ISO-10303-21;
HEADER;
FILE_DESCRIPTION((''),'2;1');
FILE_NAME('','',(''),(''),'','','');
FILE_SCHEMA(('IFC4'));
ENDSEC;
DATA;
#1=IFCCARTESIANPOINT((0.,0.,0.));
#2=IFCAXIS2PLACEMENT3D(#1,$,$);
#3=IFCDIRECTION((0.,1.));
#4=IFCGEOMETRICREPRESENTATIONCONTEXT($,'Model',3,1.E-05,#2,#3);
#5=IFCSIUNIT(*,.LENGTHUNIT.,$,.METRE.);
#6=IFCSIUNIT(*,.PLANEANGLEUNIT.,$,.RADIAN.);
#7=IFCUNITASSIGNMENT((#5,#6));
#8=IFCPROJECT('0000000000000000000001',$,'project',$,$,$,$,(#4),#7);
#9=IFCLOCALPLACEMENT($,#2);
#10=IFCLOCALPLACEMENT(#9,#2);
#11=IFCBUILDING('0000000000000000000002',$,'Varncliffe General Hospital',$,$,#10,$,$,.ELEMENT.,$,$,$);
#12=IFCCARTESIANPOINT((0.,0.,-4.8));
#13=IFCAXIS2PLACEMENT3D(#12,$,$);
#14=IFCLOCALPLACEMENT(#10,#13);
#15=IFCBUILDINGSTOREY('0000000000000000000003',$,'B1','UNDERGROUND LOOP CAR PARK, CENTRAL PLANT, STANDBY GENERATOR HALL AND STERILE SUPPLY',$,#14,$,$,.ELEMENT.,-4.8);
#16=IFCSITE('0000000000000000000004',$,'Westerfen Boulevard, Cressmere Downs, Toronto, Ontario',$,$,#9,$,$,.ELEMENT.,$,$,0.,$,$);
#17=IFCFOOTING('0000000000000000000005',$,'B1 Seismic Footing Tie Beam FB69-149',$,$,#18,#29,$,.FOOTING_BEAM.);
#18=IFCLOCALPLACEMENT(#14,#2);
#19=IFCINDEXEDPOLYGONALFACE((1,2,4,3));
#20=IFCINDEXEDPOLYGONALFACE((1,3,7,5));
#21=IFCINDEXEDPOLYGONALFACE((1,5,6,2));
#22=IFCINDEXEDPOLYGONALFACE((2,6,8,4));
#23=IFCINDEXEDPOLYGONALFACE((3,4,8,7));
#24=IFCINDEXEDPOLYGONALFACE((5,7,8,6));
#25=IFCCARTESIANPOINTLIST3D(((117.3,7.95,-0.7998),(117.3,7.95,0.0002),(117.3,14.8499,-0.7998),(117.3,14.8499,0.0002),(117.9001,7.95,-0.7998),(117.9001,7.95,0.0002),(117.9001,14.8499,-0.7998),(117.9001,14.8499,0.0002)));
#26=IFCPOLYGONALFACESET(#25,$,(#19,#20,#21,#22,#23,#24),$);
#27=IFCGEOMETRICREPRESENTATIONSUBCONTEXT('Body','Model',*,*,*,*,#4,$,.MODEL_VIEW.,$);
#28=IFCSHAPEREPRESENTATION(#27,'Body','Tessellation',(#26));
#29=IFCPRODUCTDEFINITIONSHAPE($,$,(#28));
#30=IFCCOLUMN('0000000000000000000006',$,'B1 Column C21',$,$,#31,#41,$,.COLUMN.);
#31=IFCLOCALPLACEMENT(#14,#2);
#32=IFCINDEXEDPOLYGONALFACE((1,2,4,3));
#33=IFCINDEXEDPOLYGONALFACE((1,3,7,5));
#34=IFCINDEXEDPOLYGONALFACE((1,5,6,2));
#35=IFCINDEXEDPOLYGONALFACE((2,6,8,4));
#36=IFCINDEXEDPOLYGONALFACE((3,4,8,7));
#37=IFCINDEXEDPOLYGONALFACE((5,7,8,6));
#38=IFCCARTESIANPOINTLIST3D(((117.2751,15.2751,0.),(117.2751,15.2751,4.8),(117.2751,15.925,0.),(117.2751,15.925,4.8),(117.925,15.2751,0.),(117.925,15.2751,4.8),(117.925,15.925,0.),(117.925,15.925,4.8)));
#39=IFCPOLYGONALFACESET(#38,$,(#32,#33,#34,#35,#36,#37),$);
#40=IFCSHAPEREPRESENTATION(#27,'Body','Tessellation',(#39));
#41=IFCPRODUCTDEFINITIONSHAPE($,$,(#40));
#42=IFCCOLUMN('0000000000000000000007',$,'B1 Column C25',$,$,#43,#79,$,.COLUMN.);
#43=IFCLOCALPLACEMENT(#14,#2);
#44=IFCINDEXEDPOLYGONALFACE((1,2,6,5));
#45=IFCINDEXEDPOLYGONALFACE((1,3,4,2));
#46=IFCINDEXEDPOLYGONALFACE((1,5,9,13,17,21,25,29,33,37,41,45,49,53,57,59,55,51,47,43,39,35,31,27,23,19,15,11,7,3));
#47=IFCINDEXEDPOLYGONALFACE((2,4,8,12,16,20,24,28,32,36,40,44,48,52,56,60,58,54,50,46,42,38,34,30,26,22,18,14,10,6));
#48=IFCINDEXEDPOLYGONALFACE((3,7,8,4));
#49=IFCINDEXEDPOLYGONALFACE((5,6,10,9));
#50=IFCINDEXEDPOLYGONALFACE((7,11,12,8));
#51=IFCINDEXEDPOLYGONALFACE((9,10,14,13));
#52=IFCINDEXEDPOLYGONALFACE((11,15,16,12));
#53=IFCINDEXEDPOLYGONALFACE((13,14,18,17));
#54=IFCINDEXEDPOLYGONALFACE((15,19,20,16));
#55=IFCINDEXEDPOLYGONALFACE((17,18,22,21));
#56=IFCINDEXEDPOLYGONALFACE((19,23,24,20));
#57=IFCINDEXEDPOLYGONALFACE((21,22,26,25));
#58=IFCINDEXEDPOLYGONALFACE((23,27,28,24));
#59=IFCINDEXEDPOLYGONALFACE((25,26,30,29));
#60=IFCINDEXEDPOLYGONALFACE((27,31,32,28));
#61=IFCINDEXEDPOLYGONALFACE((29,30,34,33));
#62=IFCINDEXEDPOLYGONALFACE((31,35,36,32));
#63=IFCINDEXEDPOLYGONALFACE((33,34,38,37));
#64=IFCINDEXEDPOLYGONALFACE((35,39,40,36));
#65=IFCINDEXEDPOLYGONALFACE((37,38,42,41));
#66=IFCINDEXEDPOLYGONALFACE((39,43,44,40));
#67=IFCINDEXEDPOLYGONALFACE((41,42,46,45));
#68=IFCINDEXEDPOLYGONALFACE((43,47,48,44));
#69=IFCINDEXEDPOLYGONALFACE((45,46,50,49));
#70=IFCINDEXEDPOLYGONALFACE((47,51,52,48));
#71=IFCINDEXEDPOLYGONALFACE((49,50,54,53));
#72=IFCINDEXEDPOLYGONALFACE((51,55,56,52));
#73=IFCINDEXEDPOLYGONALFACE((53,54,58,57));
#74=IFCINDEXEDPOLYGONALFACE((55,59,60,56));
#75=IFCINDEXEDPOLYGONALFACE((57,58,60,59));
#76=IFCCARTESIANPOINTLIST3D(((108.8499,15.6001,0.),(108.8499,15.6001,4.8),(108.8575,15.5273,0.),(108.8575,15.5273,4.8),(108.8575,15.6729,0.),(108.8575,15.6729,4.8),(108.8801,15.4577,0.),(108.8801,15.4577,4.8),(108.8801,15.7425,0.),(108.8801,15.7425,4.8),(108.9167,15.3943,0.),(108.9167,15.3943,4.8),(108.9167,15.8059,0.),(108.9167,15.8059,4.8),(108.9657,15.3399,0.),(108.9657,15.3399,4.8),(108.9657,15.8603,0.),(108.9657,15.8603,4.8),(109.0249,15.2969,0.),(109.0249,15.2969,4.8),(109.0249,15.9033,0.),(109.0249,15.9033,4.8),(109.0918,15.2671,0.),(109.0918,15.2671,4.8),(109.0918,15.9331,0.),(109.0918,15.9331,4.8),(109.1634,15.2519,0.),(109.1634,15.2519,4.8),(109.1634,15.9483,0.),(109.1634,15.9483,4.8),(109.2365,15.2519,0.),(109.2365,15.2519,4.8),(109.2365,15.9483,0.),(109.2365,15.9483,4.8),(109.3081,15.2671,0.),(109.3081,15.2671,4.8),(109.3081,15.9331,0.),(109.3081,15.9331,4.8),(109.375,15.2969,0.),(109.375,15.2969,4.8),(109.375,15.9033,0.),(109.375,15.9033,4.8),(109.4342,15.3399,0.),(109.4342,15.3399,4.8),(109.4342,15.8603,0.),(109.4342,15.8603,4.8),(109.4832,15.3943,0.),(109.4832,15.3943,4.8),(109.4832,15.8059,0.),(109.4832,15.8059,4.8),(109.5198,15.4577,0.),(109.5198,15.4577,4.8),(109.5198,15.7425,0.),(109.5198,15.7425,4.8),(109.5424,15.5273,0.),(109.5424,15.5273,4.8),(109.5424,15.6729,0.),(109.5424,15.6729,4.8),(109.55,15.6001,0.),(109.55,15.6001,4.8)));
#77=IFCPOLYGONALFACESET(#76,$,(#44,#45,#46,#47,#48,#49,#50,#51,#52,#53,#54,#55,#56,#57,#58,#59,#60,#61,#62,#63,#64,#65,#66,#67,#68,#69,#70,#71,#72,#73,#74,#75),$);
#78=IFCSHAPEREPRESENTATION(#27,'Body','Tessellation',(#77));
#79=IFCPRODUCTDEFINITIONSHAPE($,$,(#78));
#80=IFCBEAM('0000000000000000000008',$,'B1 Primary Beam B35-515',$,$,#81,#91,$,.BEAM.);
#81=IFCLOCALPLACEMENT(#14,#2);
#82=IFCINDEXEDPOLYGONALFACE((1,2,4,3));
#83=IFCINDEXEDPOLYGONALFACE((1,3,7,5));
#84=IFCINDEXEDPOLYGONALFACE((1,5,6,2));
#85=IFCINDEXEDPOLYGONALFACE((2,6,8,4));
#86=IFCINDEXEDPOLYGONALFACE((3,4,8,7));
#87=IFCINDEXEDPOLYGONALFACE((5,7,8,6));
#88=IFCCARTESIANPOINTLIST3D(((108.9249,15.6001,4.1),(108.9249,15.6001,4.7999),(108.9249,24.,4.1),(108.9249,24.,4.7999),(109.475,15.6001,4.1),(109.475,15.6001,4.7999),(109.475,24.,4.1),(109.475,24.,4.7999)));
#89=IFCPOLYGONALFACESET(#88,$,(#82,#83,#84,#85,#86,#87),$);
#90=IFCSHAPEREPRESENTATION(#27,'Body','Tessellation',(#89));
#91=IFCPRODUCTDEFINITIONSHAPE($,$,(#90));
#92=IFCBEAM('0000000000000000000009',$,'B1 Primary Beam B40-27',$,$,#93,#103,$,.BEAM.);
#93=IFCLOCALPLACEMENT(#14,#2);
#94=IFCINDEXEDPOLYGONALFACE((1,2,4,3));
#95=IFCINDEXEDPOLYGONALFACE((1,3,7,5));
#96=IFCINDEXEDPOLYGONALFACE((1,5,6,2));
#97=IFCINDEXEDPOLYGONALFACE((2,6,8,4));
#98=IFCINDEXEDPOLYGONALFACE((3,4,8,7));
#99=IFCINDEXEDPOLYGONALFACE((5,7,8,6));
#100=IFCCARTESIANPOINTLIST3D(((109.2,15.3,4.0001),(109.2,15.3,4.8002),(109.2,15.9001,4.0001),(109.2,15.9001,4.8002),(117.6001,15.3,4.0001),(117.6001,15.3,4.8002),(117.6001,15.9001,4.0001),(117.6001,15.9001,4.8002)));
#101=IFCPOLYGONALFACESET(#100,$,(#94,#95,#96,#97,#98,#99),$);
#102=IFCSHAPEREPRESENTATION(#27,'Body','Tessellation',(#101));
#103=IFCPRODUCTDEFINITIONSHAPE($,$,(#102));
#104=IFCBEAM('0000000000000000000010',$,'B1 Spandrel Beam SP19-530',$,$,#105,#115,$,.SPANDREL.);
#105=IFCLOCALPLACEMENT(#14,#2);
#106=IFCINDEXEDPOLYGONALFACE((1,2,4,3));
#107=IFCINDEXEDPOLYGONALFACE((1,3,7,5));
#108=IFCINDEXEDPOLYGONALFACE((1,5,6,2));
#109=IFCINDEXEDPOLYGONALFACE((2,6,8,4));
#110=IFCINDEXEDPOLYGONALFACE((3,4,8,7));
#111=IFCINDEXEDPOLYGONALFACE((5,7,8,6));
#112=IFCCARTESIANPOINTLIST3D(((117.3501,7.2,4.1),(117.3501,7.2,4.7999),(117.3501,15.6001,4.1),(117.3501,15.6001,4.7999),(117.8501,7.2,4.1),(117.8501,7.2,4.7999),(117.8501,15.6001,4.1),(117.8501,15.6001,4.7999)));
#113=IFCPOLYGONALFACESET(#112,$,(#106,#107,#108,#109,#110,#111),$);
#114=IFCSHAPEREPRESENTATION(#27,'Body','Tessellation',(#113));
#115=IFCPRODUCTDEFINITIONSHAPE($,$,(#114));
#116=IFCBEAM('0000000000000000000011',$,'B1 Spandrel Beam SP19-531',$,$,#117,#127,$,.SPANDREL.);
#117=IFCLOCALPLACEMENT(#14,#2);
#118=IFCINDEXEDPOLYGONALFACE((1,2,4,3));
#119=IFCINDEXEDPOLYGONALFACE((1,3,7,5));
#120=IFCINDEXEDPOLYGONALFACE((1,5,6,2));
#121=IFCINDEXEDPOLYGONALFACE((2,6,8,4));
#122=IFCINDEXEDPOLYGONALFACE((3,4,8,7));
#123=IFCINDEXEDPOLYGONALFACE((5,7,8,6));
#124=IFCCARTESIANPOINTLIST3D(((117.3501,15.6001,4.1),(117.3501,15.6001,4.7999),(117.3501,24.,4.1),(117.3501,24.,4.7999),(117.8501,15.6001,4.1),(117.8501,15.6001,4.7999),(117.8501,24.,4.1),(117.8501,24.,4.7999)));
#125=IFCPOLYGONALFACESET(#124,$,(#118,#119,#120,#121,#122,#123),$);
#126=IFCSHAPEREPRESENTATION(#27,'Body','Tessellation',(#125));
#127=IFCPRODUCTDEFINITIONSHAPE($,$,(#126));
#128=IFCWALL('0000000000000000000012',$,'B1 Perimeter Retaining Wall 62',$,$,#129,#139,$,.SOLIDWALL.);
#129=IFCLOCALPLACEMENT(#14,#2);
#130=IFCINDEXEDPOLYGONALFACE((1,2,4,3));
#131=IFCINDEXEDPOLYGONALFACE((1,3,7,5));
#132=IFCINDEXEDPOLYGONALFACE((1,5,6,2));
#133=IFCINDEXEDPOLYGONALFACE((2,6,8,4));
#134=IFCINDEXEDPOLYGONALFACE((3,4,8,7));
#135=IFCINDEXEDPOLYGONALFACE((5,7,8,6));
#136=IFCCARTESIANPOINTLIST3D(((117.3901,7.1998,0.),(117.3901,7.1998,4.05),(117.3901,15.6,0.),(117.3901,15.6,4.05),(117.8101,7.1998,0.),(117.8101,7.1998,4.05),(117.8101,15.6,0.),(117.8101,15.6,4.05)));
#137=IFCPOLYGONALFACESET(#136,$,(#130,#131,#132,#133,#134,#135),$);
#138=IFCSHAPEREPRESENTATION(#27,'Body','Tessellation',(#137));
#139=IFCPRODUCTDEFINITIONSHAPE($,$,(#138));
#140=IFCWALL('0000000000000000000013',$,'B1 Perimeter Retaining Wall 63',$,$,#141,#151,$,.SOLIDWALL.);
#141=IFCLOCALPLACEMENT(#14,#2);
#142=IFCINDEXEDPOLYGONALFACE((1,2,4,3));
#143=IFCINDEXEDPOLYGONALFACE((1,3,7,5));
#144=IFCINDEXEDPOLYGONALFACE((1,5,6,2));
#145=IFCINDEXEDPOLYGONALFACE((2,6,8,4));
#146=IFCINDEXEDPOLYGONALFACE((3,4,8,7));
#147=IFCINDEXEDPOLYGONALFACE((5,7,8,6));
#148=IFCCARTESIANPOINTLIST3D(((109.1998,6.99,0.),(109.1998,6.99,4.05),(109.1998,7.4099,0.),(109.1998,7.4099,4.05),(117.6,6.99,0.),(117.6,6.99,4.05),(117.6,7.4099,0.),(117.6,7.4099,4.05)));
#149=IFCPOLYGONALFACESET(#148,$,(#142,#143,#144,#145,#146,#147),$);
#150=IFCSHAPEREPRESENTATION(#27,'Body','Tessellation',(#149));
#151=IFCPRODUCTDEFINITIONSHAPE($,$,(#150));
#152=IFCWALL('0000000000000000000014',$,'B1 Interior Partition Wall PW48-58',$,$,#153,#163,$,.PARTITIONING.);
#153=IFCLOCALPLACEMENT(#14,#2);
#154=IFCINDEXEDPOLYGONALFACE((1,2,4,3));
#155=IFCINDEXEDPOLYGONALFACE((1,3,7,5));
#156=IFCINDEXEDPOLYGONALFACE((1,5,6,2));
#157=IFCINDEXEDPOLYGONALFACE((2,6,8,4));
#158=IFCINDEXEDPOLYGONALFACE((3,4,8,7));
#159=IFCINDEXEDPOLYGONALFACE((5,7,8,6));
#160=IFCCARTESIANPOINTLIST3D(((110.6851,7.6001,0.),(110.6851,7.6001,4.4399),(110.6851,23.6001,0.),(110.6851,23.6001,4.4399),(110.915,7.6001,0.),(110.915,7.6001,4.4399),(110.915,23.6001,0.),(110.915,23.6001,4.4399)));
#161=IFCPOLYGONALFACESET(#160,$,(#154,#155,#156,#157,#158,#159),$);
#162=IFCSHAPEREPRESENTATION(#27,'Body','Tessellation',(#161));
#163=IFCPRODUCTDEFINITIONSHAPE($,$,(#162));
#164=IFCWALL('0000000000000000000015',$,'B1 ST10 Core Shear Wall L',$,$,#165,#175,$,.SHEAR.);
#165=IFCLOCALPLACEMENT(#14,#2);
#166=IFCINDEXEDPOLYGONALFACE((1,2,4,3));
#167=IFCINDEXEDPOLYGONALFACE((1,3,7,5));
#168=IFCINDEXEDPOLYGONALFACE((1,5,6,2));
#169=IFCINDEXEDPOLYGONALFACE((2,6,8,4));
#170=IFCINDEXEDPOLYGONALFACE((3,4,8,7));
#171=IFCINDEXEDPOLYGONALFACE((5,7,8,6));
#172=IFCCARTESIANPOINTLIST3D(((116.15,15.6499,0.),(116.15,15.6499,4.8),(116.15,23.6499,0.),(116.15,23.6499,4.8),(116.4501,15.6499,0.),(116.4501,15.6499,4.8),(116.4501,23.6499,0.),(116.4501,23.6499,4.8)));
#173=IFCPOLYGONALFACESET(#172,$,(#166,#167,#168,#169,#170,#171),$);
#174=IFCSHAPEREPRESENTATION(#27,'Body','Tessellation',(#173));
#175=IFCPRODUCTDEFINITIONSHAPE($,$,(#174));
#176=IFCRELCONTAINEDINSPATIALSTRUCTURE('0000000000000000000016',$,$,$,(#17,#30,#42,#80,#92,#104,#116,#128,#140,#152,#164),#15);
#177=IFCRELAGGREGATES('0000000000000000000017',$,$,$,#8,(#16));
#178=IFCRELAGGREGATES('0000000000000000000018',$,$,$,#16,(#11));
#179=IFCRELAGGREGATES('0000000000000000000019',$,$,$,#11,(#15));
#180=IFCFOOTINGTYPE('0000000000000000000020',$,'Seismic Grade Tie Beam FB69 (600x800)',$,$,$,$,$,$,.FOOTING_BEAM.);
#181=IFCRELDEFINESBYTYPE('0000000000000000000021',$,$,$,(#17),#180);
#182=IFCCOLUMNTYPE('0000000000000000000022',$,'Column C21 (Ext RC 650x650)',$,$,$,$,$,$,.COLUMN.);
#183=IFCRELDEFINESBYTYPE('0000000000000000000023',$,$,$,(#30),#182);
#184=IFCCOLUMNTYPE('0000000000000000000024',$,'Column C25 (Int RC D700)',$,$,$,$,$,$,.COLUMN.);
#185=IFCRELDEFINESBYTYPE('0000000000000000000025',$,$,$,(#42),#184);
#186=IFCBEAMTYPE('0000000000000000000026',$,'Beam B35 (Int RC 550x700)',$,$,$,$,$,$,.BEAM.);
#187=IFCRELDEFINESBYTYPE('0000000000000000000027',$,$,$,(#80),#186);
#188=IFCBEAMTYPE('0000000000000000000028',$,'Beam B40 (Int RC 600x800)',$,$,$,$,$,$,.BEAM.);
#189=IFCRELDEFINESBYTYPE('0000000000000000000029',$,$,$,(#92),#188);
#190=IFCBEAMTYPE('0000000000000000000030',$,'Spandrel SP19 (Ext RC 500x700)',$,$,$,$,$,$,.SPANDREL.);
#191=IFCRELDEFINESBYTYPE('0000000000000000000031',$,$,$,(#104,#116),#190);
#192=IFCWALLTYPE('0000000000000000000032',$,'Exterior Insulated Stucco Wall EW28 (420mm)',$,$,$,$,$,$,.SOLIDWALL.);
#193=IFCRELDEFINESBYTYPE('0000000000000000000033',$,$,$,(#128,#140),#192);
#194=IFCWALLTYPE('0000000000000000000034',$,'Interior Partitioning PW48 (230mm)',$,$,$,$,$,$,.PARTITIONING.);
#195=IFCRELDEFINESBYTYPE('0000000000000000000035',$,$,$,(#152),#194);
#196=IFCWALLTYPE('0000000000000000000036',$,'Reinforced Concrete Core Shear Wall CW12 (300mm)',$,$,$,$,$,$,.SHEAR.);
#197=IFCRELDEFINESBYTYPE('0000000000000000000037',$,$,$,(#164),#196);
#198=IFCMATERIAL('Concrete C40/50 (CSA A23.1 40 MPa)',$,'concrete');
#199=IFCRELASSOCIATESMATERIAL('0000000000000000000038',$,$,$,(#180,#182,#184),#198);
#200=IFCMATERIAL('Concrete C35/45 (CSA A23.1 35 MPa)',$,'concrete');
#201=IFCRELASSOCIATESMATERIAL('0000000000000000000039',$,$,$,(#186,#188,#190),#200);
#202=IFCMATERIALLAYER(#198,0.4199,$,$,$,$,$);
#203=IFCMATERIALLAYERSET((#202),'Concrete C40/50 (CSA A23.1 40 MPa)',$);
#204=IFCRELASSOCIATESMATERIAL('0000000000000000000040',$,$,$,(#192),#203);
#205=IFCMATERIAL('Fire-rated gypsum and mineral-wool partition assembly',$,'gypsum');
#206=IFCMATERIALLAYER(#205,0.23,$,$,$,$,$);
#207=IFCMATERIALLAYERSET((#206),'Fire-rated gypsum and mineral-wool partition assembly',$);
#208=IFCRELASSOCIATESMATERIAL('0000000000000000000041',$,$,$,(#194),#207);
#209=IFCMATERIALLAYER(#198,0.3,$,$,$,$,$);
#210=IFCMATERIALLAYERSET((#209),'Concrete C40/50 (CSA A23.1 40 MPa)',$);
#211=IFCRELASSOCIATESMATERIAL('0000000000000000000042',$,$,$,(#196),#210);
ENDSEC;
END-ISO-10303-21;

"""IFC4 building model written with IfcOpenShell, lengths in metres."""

from ifc_helpers import new_model, si_unit, direction, frame, frame_2d, origin, origin_2d, place, context, subcontext, project, spatial, rectangle, circle, extrude, material, layer, layer_set, material_profile, profile_set, type_object, element, save


model = new_model("IFC4")

# Units and contexts
model_context = context("Model", 3, precision=1e-05, world=origin(), true_north=direction((0.0, 1.0)))
body_context = subcontext(model_context, "Body", "Model", "MODEL_VIEW")
ifc_project = project(units=[si_unit("LENGTHUNIT", "METRE"), si_unit("PLANEANGLEUNIT", "RADIAN")], contexts=[model_context])

# Site, building, storey
site_placement = place(None, origin())
site = spatial("IfcSite", under=ifc_project, at=site_placement, Name="Westerfen Boulevard, Cressmere Downs, Toronto, Ontario", CompositionType="ELEMENT", RefElevation=0.0)
building_placement = place(site_placement, origin())
building = spatial("IfcBuilding", under=site, at=building_placement, Name="Varncliffe General Hospital", CompositionType="ELEMENT")
storey_placement = place(building_placement, frame((0.0, 0.0, -4.8)))
storey = spatial("IfcBuildingStorey", under=building, at=storey_placement, Name="B1", Description="UNDERGROUND LOOP CAR PARK, CENTRAL PLANT, STANDBY GENERATOR HALL AND STERILE SUPPLY", CompositionType="ELEMENT", Elevation=-4.8)

# Shared definitions
ifc_material_1 = material(Name="Concrete C40/50 (CSA A23.1 40 MPa)", Category="concrete")

# Footing
footing_type_1 = type_object("IfcFootingType", Name="Seismic Grade Tie Beam FB69 (600x800)", PredefinedType="FOOTING_BEAM", material=ifc_material_1)
footing_placement = place(storey_placement, frame((117.6001, 11.3999, -0.7998), z_axis=(0.0, 0.0, 1.0), x_axis=(1.0, 0.0, 0.0)))
element("IfcFooting", 1, at=footing_placement, inside=storey, type_object=footing_type_1, Name="B1 Seismic Footing Tie Beam FB69-149", PredefinedType="FOOTING_BEAM", context=body_context, shape_type="SweptSolid", body=[
    extrude(rectangle(XDim=0.6001, YDim=6.8999, at=origin_2d()), origin(), (0.0, 0.0, 1.0), 0.8),
])

# Columns
ifc_material_profile_1 = material_profile(ifc_material_1, rectangle(XDim=0.6499, YDim=0.6499, at=origin_2d()), Name="RC 650x650")
ifc_profile_set_1 = profile_set([ifc_material_profile_1], Name="Concrete C40/50 (CSA A23.1 40 MPa)")
column_type_1 = type_object("IfcColumnType", Name="Column C21 (Ext RC 650x650)", PredefinedType="COLUMN", material=ifc_profile_set_1)
column_1_placement = place(storey_placement, frame((117.6001, 15.6001, 0.0), z_axis=(0.0, 0.0, 1.0), x_axis=(1.0, 0.0, 0.0)))
element("IfcColumn", 2, at=column_1_placement, inside=storey, type_object=column_type_1, Name="B1 Column C21", PredefinedType="COLUMN", context=body_context, shape_type="SweptSolid", body=[
    extrude(rectangle(XDim=0.6499, YDim=0.6499, at=origin_2d()), origin(), (0.0, 0.0, 1.0), 4.8),
])
ifc_material_profile_2 = material_profile(ifc_material_1, circle(Radius=0.3501, at=origin_2d()), Name="RC D700")
ifc_profile_set_2 = profile_set([ifc_material_profile_2], Name="Concrete C40/50 (CSA A23.1 40 MPa)")
column_type_2 = type_object("IfcColumnType", Name="Column C25 (Int RC D700)", PredefinedType="COLUMN", material=ifc_profile_set_2)
column_2_placement = place(storey_placement, frame((109.2, 15.6001, 0.0), z_axis=(0.0, 0.0, 1.0), x_axis=(1.0, 0.0, 0.0)))
element("IfcColumn", 3, at=column_2_placement, inside=storey, type_object=column_type_2, Name="B1 Column C25", PredefinedType="COLUMN", context=body_context, shape_type="SweptSolid", body=[
    extrude(circle(Radius=0.3501, at=origin_2d()), origin(), (0.0, 0.0, 1.0), 4.8),
])

# Beams
ifc_material_2 = material(Name="Concrete C35/45 (CSA A23.1 35 MPa)", Category="concrete")
ifc_material_profile_3 = material_profile(ifc_material_2, rectangle(XDim=0.55, YDim=0.7, at=origin_2d()), Name="RC 550x700")
ifc_profile_set_3 = profile_set([ifc_material_profile_3], Name="Concrete C35/45 (CSA A23.1 35 MPa)")
beam_type_1 = type_object("IfcBeamType", Name="Beam B35 (Int RC 550x700)", PredefinedType="BEAM", material=ifc_profile_set_3)
beam_1_placement = place(storey_placement, frame((109.2, 15.6001, 4.45), z_axis=(0.0, 1.0, 0.0), x_axis=(-1.0, 0.0, 0.0)))
element("IfcBeam", 4, at=beam_1_placement, inside=storey, type_object=beam_type_1, Name="B1 Primary Beam B35-515", PredefinedType="BEAM", context=body_context, shape_type="SweptSolid", body=[
    extrude(rectangle(XDim=0.55, YDim=0.7, at=origin_2d()), origin(), (0.0, 0.0, 1.0), 8.3999),
])
ifc_material_profile_4 = material_profile(ifc_material_2, rectangle(XDim=0.6001, YDim=0.8, at=origin_2d()), Name="RC 600x800")
ifc_profile_set_4 = profile_set([ifc_material_profile_4], Name="Concrete C35/45 (CSA A23.1 35 MPa)")
beam_type_2 = type_object("IfcBeamType", Name="Beam B40 (Int RC 600x800)", PredefinedType="BEAM", material=ifc_profile_set_4)
beam_2_placement = place(storey_placement, frame((109.2, 15.6001, 4.4001), z_axis=(1.0, 0.0, 0.0), x_axis=(0.0, 1.0, 0.0)))
element("IfcBeam", 5, at=beam_2_placement, inside=storey, type_object=beam_type_2, Name="B1 Primary Beam B40-27", PredefinedType="BEAM", context=body_context, shape_type="SweptSolid", body=[
    extrude(rectangle(XDim=0.6001, YDim=0.8, at=origin_2d()), origin(), (0.0, 0.0, 1.0), 8.4001),
])
ifc_material_profile_5 = material_profile(ifc_material_2, rectangle(XDim=0.5, YDim=0.7, at=origin_2d()), Name="RC 500x700")
ifc_profile_set_5 = profile_set([ifc_material_profile_5], Name="Concrete C35/45 (CSA A23.1 35 MPa)")
beam_type_3 = type_object("IfcBeamType", Name="Spandrel SP19 (Ext RC 500x700)", PredefinedType="SPANDREL", material=ifc_profile_set_5)
beam_3_placement = place(storey_placement, frame((117.6001, 7.2, 4.45), z_axis=(0.0, 1.0, 0.0), x_axis=(-1.0, 0.0, 0.0)))
element("IfcBeam", 6, at=beam_3_placement, inside=storey, type_object=beam_type_3, Name="B1 Spandrel Beam SP19-530", PredefinedType="SPANDREL", context=body_context, shape_type="SweptSolid", body=[
    extrude(rectangle(XDim=0.5, YDim=0.7, at=origin_2d()), origin(), (0.0, 0.0, 1.0), 8.4001),
])
beam_4_placement = place(storey_placement, frame((117.6001, 15.6001, 4.45), z_axis=(0.0, 1.0, 0.0), x_axis=(-1.0, 0.0, 0.0)))
element("IfcBeam", 7, at=beam_4_placement, inside=storey, type_object=beam_type_3, Name="B1 Spandrel Beam SP19-531", PredefinedType="SPANDREL", context=body_context, shape_type="SweptSolid", body=[
    extrude(rectangle(XDim=0.5, YDim=0.7, at=origin_2d()), origin(), (0.0, 0.0, 1.0), 8.3999),
])

# Walls
ifc_layer_1 = layer(ifc_material_1, 0.4199)
ifc_layer_set_1 = layer_set([ifc_layer_1], Name="Concrete C40/50 (CSA A23.1 40 MPa)")
wall_type_1 = type_object("IfcWallType", Name="Exterior Insulated Stucco Wall EW28 (420mm)", PredefinedType="SOLIDWALL", material=ifc_layer_set_1)
for number, where, z_axis, x_axis, name in (
    (8, (117.6001, 15.6001, 0.0), (0.0, 0.0, 1.0), (0.0, -1.0, 0.0), "B1 Perimeter Retaining Wall 62"),
    (9, (117.6001, 7.2, 0.0), (0.0, 0.0, 1.0), (-1.0, 0.0, 0.0), "B1 Perimeter Retaining Wall 63"),
):
    element("IfcWall", number, at=place(storey_placement, frame(where, z_axis=z_axis, x_axis=x_axis)), inside=storey, type_object=wall_type_1, Name=name, PredefinedType="SOLIDWALL", context=body_context, shape_type="SweptSolid", body=[
        extrude(rectangle(XDim=8.4001, YDim=0.4199, at=frame_2d((4.2002, 0.0))), origin(), (0.0, 0.0, 1.0), 4.05),
    ])
ifc_material_3 = material(Name="Fire-rated gypsum and mineral-wool partition assembly", Category="gypsum")
ifc_layer_2 = layer(ifc_material_3, 0.23)
ifc_layer_set_2 = layer_set([ifc_layer_2], Name="Fire-rated gypsum and mineral-wool partition assembly")
wall_type_2 = type_object("IfcWallType", Name="Interior Partitioning PW48 (230mm)", PredefinedType="PARTITIONING", material=ifc_layer_set_2)
wall_1_placement = place(storey_placement, frame((110.8, 7.6001, 0.0), z_axis=(0.0, 0.0, 1.0), x_axis=(0.0, 1.0, 0.0)))
element("IfcWall", 10, at=wall_1_placement, inside=storey, type_object=wall_type_2, Name="B1 Interior Partition Wall PW48-58", PredefinedType="PARTITIONING", context=body_context, shape_type="SweptSolid", body=[
    extrude(rectangle(XDim=16.0, YDim=0.23, at=frame_2d((8.0, 0.0))), origin(), (0.0, 0.0, 1.0), 4.4399),
])
ifc_layer_3 = layer(ifc_material_1, 0.3)
ifc_layer_set_3 = layer_set([ifc_layer_3], Name="Concrete C40/50 (CSA A23.1 40 MPa)")
wall_type_3 = type_object("IfcWallType", Name="Reinforced Concrete Core Shear Wall CW12 (300mm)", PredefinedType="SHEAR", material=ifc_layer_set_3)
wall_2_placement = place(storey_placement, frame((116.3, 15.6499, 0.0), z_axis=(0.0, 0.0, 1.0), x_axis=(0.0, 1.0, 0.0)))
element("IfcWall", 11, at=wall_2_placement, inside=storey, type_object=wall_type_3, Name="B1 ST10 Core Shear Wall L", PredefinedType="SHEAR", context=body_context, shape_type="SweptSolid", body=[
    extrude(rectangle(XDim=8.0, YDim=0.3, at=frame_2d((4.0, 0.0))), origin(), (0.0, 0.0, 1.0), 4.8),
])

save(model, "model.ifc")
